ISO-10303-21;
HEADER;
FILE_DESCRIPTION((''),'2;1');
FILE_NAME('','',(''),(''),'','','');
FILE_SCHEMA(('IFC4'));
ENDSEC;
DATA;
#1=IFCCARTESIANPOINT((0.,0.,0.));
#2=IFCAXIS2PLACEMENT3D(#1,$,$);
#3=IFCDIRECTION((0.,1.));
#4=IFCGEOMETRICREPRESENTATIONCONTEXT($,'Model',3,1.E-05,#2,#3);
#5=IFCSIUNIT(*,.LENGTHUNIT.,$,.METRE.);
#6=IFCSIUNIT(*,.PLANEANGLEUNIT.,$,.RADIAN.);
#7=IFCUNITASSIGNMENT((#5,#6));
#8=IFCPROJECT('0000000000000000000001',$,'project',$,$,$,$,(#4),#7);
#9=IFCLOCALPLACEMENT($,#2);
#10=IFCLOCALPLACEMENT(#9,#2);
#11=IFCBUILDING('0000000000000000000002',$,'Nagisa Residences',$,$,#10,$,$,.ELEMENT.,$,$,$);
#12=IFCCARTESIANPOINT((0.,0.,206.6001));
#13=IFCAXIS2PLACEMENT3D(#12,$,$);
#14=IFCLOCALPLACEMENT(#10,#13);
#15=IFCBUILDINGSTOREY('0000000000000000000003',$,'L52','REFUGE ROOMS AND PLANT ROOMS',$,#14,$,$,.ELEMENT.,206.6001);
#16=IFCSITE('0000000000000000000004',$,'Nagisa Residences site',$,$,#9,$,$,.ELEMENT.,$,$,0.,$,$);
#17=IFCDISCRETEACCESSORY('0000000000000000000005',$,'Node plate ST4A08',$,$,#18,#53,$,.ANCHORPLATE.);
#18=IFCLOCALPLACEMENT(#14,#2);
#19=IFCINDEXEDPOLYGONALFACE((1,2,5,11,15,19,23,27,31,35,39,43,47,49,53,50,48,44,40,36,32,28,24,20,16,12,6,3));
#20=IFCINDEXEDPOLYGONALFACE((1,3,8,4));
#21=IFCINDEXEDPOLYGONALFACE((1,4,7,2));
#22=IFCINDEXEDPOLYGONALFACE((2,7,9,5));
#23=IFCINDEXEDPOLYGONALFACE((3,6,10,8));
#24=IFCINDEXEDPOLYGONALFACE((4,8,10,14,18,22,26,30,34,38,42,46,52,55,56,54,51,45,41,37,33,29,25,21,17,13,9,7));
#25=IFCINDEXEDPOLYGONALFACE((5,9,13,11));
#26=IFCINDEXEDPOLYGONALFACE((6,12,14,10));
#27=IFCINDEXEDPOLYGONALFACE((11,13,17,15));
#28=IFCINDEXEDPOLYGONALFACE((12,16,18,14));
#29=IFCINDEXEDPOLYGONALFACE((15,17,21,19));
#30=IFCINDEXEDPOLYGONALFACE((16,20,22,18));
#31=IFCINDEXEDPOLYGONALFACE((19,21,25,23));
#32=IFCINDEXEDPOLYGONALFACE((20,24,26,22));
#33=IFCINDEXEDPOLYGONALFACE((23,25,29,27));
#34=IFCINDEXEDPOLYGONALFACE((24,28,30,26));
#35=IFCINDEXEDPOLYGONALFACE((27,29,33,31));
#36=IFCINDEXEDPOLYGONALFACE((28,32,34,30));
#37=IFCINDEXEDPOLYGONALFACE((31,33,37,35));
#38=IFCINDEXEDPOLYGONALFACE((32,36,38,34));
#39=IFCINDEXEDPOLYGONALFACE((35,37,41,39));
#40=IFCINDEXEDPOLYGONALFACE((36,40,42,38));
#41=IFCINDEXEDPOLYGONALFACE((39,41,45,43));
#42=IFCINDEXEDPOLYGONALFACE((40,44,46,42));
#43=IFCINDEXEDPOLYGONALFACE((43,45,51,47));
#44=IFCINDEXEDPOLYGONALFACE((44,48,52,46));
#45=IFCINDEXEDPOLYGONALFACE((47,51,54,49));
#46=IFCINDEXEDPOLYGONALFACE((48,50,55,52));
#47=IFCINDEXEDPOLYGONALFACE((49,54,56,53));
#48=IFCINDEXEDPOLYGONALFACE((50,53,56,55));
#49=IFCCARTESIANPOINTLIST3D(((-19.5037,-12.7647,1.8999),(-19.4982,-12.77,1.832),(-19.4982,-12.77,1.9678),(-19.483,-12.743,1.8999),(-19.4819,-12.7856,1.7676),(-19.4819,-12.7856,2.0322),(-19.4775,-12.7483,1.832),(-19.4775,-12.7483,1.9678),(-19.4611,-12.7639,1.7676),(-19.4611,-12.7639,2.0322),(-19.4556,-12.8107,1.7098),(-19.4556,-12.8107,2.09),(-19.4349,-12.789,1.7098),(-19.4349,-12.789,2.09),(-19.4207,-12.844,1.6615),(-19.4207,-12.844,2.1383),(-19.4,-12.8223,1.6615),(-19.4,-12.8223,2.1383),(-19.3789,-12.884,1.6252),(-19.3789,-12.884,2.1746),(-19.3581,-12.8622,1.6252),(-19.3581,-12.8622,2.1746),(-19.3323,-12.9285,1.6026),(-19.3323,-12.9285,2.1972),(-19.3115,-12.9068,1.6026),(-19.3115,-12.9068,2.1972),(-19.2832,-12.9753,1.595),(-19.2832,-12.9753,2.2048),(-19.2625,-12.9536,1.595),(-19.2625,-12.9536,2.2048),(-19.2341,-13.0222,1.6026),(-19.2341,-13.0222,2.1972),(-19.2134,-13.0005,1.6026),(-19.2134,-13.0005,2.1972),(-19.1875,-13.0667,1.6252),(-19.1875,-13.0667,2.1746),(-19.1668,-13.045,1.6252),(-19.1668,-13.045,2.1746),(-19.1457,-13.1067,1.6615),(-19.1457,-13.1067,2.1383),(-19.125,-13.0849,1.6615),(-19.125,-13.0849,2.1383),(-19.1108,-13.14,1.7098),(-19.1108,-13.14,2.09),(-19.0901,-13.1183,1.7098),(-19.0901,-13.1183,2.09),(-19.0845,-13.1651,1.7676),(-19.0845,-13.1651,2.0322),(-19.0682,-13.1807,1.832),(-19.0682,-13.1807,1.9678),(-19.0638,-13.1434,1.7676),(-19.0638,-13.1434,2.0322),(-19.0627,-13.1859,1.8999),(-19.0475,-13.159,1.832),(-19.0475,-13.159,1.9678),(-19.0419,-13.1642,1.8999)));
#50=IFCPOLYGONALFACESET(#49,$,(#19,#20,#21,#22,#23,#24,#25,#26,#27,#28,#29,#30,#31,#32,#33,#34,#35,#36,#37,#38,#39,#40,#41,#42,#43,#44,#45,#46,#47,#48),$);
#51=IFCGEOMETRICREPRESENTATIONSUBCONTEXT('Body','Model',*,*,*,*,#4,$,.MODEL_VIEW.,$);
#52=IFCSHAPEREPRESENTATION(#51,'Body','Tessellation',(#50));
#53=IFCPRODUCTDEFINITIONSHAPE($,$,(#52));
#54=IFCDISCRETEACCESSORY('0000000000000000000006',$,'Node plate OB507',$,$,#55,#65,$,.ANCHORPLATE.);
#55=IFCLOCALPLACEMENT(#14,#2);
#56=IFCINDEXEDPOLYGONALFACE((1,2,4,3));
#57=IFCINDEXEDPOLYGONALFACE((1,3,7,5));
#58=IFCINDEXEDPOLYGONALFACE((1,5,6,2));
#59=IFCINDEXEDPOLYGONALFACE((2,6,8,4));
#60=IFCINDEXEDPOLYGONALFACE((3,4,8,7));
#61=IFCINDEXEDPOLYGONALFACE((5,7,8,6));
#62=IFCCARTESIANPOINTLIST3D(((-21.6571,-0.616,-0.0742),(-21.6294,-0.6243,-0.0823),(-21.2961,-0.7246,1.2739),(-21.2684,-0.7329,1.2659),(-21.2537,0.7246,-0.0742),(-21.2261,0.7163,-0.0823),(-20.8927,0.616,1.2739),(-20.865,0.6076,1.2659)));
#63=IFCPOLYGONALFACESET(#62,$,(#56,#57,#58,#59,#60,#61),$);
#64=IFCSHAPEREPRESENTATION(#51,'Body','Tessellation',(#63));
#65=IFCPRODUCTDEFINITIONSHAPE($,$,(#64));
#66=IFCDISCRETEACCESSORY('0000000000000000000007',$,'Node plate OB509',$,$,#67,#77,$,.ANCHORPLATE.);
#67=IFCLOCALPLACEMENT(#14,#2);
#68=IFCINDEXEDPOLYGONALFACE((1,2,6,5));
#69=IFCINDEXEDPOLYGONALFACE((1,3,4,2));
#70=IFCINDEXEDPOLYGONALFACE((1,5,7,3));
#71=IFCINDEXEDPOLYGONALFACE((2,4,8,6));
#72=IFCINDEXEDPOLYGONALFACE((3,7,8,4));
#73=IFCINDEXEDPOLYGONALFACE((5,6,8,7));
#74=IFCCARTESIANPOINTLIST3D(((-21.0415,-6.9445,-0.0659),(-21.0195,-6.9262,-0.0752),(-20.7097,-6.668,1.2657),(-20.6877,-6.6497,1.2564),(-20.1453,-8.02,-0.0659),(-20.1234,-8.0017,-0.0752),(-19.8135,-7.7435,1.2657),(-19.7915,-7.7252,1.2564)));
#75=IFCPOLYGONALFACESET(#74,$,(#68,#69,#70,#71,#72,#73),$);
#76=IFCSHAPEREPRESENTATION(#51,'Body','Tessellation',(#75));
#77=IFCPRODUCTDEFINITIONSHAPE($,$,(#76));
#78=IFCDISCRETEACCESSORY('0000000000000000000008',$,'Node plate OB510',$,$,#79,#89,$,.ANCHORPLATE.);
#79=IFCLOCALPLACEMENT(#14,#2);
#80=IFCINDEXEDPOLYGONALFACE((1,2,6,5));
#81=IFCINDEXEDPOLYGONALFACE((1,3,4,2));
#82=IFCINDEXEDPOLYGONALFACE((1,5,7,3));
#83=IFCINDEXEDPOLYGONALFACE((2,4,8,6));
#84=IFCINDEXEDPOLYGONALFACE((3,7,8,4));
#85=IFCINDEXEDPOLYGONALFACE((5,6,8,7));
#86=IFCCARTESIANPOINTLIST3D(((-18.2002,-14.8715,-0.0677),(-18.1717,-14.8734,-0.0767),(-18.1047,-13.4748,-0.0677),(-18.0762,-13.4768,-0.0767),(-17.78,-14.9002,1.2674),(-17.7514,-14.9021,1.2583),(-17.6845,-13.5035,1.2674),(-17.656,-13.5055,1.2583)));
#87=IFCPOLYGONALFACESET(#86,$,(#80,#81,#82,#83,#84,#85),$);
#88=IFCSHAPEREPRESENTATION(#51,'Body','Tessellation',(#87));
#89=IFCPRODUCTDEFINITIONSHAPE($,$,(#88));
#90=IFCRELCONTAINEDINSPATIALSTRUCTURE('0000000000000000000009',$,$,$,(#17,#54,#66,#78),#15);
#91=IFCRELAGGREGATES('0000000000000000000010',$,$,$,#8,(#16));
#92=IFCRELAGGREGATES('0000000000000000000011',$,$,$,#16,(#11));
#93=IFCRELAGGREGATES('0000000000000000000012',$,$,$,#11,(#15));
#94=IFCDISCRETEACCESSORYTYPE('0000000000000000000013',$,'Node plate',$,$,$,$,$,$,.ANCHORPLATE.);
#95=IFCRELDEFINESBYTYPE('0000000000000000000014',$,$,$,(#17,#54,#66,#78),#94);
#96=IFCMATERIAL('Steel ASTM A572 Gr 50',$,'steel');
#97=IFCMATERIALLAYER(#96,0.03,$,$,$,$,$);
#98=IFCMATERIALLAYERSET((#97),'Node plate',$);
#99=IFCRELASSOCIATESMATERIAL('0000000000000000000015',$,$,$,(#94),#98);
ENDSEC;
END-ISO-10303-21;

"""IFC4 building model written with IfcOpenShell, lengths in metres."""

from ifc_helpers import new_model, si_unit, direction, frame, origin, origin_2d, place, context, subcontext, project, spatial, rectangle, circle, extrude, material, layer, layer_set, type_object, element, save


model = new_model("IFC4")

# Units and contexts
model_context = context("Model", 3, precision=1e-05, world=origin(), true_north=direction((0.0, 1.0)))
body_context = subcontext(model_context, "Body", "Model", "MODEL_VIEW")
ifc_project = project(units=[si_unit("LENGTHUNIT", "METRE"), si_unit("PLANEANGLEUNIT", "RADIAN")], contexts=[model_context])

# Site, building, storey
site_placement = place(None, origin())
site = spatial("IfcSite", under=ifc_project, at=site_placement, Name="Nagisa Residences site", CompositionType="ELEMENT", RefElevation=0.0)
building_placement = place(site_placement, origin())
building = spatial("IfcBuilding", under=site, at=building_placement, Name="Nagisa Residences", CompositionType="ELEMENT")
storey_placement = place(building_placement, frame((0.0, 0.0, 206.6001)))
storey = spatial("IfcBuildingStorey", under=building, at=storey_placement, Name="L52", Description="REFUGE ROOMS AND PLANT ROOMS", CompositionType="ELEMENT", Elevation=206.6001)

# Discrete accessories
ifc_material_1 = material(Name="Steel ASTM A572 Gr 50", Category="steel")
ifc_layer_1 = layer(ifc_material_1, 0.03)
ifc_layer_set_1 = layer_set([ifc_layer_1], Name="Node plate")
discrete_accessory_type = type_object("IfcDiscreteAccessoryType", Name="Node plate", PredefinedType="ANCHORPLATE", material=ifc_layer_set_1)
discrete_accessory_placement = place(storey_placement, frame((-19.2832, -12.9753, 1.8999), z_axis=(0.690669, 0.723171, 0.0), x_axis=(-0.723171, 0.690669, 0.0)))
element("IfcDiscreteAccessory", 1, at=discrete_accessory_placement, inside=storey, type_object=discrete_accessory_type, Name="Node plate ST4A08", PredefinedType="ANCHORPLATE", context=body_context, shape_type="SweptSolid", body=[
    extrude(circle(Radius=0.3049, at=origin_2d()), origin(), (0.0, 0.0, 1.0), 0.03),
])
for number, where, z_axis, x_axis, name in (
    (2, (-21.2749, 0.0, 0.5999), (0.922211, -0.277479, -0.269318), (0.288125, 0.957593, 0.0), "Node plate OB507"),
    (3, (-20.4275, -7.344, 0.5999), (0.730742, 0.608952, -0.308535), (-0.640184, 0.768221, 0.0), "Node plate OB509"),
    (4, (-17.9424, -14.1875, 0.5999), (0.95144, -0.065056, -0.300883), (0.068217, 0.997671, 0.0), "Node plate OB510"),
):
    element("IfcDiscreteAccessory", number, at=place(storey_placement, frame(where, z_axis=z_axis, x_axis=x_axis)), inside=storey, type_object=discrete_accessory_type, Name=name, PredefinedType="ANCHORPLATE", context=body_context, shape_type="SweptSolid", body=[
        extrude(rectangle(XDim=1.3999, YDim=1.3999, at=origin_2d()), origin(), (0.0, 0.0, 1.0), 0.03),
    ])

save(model, "model.ifc")
